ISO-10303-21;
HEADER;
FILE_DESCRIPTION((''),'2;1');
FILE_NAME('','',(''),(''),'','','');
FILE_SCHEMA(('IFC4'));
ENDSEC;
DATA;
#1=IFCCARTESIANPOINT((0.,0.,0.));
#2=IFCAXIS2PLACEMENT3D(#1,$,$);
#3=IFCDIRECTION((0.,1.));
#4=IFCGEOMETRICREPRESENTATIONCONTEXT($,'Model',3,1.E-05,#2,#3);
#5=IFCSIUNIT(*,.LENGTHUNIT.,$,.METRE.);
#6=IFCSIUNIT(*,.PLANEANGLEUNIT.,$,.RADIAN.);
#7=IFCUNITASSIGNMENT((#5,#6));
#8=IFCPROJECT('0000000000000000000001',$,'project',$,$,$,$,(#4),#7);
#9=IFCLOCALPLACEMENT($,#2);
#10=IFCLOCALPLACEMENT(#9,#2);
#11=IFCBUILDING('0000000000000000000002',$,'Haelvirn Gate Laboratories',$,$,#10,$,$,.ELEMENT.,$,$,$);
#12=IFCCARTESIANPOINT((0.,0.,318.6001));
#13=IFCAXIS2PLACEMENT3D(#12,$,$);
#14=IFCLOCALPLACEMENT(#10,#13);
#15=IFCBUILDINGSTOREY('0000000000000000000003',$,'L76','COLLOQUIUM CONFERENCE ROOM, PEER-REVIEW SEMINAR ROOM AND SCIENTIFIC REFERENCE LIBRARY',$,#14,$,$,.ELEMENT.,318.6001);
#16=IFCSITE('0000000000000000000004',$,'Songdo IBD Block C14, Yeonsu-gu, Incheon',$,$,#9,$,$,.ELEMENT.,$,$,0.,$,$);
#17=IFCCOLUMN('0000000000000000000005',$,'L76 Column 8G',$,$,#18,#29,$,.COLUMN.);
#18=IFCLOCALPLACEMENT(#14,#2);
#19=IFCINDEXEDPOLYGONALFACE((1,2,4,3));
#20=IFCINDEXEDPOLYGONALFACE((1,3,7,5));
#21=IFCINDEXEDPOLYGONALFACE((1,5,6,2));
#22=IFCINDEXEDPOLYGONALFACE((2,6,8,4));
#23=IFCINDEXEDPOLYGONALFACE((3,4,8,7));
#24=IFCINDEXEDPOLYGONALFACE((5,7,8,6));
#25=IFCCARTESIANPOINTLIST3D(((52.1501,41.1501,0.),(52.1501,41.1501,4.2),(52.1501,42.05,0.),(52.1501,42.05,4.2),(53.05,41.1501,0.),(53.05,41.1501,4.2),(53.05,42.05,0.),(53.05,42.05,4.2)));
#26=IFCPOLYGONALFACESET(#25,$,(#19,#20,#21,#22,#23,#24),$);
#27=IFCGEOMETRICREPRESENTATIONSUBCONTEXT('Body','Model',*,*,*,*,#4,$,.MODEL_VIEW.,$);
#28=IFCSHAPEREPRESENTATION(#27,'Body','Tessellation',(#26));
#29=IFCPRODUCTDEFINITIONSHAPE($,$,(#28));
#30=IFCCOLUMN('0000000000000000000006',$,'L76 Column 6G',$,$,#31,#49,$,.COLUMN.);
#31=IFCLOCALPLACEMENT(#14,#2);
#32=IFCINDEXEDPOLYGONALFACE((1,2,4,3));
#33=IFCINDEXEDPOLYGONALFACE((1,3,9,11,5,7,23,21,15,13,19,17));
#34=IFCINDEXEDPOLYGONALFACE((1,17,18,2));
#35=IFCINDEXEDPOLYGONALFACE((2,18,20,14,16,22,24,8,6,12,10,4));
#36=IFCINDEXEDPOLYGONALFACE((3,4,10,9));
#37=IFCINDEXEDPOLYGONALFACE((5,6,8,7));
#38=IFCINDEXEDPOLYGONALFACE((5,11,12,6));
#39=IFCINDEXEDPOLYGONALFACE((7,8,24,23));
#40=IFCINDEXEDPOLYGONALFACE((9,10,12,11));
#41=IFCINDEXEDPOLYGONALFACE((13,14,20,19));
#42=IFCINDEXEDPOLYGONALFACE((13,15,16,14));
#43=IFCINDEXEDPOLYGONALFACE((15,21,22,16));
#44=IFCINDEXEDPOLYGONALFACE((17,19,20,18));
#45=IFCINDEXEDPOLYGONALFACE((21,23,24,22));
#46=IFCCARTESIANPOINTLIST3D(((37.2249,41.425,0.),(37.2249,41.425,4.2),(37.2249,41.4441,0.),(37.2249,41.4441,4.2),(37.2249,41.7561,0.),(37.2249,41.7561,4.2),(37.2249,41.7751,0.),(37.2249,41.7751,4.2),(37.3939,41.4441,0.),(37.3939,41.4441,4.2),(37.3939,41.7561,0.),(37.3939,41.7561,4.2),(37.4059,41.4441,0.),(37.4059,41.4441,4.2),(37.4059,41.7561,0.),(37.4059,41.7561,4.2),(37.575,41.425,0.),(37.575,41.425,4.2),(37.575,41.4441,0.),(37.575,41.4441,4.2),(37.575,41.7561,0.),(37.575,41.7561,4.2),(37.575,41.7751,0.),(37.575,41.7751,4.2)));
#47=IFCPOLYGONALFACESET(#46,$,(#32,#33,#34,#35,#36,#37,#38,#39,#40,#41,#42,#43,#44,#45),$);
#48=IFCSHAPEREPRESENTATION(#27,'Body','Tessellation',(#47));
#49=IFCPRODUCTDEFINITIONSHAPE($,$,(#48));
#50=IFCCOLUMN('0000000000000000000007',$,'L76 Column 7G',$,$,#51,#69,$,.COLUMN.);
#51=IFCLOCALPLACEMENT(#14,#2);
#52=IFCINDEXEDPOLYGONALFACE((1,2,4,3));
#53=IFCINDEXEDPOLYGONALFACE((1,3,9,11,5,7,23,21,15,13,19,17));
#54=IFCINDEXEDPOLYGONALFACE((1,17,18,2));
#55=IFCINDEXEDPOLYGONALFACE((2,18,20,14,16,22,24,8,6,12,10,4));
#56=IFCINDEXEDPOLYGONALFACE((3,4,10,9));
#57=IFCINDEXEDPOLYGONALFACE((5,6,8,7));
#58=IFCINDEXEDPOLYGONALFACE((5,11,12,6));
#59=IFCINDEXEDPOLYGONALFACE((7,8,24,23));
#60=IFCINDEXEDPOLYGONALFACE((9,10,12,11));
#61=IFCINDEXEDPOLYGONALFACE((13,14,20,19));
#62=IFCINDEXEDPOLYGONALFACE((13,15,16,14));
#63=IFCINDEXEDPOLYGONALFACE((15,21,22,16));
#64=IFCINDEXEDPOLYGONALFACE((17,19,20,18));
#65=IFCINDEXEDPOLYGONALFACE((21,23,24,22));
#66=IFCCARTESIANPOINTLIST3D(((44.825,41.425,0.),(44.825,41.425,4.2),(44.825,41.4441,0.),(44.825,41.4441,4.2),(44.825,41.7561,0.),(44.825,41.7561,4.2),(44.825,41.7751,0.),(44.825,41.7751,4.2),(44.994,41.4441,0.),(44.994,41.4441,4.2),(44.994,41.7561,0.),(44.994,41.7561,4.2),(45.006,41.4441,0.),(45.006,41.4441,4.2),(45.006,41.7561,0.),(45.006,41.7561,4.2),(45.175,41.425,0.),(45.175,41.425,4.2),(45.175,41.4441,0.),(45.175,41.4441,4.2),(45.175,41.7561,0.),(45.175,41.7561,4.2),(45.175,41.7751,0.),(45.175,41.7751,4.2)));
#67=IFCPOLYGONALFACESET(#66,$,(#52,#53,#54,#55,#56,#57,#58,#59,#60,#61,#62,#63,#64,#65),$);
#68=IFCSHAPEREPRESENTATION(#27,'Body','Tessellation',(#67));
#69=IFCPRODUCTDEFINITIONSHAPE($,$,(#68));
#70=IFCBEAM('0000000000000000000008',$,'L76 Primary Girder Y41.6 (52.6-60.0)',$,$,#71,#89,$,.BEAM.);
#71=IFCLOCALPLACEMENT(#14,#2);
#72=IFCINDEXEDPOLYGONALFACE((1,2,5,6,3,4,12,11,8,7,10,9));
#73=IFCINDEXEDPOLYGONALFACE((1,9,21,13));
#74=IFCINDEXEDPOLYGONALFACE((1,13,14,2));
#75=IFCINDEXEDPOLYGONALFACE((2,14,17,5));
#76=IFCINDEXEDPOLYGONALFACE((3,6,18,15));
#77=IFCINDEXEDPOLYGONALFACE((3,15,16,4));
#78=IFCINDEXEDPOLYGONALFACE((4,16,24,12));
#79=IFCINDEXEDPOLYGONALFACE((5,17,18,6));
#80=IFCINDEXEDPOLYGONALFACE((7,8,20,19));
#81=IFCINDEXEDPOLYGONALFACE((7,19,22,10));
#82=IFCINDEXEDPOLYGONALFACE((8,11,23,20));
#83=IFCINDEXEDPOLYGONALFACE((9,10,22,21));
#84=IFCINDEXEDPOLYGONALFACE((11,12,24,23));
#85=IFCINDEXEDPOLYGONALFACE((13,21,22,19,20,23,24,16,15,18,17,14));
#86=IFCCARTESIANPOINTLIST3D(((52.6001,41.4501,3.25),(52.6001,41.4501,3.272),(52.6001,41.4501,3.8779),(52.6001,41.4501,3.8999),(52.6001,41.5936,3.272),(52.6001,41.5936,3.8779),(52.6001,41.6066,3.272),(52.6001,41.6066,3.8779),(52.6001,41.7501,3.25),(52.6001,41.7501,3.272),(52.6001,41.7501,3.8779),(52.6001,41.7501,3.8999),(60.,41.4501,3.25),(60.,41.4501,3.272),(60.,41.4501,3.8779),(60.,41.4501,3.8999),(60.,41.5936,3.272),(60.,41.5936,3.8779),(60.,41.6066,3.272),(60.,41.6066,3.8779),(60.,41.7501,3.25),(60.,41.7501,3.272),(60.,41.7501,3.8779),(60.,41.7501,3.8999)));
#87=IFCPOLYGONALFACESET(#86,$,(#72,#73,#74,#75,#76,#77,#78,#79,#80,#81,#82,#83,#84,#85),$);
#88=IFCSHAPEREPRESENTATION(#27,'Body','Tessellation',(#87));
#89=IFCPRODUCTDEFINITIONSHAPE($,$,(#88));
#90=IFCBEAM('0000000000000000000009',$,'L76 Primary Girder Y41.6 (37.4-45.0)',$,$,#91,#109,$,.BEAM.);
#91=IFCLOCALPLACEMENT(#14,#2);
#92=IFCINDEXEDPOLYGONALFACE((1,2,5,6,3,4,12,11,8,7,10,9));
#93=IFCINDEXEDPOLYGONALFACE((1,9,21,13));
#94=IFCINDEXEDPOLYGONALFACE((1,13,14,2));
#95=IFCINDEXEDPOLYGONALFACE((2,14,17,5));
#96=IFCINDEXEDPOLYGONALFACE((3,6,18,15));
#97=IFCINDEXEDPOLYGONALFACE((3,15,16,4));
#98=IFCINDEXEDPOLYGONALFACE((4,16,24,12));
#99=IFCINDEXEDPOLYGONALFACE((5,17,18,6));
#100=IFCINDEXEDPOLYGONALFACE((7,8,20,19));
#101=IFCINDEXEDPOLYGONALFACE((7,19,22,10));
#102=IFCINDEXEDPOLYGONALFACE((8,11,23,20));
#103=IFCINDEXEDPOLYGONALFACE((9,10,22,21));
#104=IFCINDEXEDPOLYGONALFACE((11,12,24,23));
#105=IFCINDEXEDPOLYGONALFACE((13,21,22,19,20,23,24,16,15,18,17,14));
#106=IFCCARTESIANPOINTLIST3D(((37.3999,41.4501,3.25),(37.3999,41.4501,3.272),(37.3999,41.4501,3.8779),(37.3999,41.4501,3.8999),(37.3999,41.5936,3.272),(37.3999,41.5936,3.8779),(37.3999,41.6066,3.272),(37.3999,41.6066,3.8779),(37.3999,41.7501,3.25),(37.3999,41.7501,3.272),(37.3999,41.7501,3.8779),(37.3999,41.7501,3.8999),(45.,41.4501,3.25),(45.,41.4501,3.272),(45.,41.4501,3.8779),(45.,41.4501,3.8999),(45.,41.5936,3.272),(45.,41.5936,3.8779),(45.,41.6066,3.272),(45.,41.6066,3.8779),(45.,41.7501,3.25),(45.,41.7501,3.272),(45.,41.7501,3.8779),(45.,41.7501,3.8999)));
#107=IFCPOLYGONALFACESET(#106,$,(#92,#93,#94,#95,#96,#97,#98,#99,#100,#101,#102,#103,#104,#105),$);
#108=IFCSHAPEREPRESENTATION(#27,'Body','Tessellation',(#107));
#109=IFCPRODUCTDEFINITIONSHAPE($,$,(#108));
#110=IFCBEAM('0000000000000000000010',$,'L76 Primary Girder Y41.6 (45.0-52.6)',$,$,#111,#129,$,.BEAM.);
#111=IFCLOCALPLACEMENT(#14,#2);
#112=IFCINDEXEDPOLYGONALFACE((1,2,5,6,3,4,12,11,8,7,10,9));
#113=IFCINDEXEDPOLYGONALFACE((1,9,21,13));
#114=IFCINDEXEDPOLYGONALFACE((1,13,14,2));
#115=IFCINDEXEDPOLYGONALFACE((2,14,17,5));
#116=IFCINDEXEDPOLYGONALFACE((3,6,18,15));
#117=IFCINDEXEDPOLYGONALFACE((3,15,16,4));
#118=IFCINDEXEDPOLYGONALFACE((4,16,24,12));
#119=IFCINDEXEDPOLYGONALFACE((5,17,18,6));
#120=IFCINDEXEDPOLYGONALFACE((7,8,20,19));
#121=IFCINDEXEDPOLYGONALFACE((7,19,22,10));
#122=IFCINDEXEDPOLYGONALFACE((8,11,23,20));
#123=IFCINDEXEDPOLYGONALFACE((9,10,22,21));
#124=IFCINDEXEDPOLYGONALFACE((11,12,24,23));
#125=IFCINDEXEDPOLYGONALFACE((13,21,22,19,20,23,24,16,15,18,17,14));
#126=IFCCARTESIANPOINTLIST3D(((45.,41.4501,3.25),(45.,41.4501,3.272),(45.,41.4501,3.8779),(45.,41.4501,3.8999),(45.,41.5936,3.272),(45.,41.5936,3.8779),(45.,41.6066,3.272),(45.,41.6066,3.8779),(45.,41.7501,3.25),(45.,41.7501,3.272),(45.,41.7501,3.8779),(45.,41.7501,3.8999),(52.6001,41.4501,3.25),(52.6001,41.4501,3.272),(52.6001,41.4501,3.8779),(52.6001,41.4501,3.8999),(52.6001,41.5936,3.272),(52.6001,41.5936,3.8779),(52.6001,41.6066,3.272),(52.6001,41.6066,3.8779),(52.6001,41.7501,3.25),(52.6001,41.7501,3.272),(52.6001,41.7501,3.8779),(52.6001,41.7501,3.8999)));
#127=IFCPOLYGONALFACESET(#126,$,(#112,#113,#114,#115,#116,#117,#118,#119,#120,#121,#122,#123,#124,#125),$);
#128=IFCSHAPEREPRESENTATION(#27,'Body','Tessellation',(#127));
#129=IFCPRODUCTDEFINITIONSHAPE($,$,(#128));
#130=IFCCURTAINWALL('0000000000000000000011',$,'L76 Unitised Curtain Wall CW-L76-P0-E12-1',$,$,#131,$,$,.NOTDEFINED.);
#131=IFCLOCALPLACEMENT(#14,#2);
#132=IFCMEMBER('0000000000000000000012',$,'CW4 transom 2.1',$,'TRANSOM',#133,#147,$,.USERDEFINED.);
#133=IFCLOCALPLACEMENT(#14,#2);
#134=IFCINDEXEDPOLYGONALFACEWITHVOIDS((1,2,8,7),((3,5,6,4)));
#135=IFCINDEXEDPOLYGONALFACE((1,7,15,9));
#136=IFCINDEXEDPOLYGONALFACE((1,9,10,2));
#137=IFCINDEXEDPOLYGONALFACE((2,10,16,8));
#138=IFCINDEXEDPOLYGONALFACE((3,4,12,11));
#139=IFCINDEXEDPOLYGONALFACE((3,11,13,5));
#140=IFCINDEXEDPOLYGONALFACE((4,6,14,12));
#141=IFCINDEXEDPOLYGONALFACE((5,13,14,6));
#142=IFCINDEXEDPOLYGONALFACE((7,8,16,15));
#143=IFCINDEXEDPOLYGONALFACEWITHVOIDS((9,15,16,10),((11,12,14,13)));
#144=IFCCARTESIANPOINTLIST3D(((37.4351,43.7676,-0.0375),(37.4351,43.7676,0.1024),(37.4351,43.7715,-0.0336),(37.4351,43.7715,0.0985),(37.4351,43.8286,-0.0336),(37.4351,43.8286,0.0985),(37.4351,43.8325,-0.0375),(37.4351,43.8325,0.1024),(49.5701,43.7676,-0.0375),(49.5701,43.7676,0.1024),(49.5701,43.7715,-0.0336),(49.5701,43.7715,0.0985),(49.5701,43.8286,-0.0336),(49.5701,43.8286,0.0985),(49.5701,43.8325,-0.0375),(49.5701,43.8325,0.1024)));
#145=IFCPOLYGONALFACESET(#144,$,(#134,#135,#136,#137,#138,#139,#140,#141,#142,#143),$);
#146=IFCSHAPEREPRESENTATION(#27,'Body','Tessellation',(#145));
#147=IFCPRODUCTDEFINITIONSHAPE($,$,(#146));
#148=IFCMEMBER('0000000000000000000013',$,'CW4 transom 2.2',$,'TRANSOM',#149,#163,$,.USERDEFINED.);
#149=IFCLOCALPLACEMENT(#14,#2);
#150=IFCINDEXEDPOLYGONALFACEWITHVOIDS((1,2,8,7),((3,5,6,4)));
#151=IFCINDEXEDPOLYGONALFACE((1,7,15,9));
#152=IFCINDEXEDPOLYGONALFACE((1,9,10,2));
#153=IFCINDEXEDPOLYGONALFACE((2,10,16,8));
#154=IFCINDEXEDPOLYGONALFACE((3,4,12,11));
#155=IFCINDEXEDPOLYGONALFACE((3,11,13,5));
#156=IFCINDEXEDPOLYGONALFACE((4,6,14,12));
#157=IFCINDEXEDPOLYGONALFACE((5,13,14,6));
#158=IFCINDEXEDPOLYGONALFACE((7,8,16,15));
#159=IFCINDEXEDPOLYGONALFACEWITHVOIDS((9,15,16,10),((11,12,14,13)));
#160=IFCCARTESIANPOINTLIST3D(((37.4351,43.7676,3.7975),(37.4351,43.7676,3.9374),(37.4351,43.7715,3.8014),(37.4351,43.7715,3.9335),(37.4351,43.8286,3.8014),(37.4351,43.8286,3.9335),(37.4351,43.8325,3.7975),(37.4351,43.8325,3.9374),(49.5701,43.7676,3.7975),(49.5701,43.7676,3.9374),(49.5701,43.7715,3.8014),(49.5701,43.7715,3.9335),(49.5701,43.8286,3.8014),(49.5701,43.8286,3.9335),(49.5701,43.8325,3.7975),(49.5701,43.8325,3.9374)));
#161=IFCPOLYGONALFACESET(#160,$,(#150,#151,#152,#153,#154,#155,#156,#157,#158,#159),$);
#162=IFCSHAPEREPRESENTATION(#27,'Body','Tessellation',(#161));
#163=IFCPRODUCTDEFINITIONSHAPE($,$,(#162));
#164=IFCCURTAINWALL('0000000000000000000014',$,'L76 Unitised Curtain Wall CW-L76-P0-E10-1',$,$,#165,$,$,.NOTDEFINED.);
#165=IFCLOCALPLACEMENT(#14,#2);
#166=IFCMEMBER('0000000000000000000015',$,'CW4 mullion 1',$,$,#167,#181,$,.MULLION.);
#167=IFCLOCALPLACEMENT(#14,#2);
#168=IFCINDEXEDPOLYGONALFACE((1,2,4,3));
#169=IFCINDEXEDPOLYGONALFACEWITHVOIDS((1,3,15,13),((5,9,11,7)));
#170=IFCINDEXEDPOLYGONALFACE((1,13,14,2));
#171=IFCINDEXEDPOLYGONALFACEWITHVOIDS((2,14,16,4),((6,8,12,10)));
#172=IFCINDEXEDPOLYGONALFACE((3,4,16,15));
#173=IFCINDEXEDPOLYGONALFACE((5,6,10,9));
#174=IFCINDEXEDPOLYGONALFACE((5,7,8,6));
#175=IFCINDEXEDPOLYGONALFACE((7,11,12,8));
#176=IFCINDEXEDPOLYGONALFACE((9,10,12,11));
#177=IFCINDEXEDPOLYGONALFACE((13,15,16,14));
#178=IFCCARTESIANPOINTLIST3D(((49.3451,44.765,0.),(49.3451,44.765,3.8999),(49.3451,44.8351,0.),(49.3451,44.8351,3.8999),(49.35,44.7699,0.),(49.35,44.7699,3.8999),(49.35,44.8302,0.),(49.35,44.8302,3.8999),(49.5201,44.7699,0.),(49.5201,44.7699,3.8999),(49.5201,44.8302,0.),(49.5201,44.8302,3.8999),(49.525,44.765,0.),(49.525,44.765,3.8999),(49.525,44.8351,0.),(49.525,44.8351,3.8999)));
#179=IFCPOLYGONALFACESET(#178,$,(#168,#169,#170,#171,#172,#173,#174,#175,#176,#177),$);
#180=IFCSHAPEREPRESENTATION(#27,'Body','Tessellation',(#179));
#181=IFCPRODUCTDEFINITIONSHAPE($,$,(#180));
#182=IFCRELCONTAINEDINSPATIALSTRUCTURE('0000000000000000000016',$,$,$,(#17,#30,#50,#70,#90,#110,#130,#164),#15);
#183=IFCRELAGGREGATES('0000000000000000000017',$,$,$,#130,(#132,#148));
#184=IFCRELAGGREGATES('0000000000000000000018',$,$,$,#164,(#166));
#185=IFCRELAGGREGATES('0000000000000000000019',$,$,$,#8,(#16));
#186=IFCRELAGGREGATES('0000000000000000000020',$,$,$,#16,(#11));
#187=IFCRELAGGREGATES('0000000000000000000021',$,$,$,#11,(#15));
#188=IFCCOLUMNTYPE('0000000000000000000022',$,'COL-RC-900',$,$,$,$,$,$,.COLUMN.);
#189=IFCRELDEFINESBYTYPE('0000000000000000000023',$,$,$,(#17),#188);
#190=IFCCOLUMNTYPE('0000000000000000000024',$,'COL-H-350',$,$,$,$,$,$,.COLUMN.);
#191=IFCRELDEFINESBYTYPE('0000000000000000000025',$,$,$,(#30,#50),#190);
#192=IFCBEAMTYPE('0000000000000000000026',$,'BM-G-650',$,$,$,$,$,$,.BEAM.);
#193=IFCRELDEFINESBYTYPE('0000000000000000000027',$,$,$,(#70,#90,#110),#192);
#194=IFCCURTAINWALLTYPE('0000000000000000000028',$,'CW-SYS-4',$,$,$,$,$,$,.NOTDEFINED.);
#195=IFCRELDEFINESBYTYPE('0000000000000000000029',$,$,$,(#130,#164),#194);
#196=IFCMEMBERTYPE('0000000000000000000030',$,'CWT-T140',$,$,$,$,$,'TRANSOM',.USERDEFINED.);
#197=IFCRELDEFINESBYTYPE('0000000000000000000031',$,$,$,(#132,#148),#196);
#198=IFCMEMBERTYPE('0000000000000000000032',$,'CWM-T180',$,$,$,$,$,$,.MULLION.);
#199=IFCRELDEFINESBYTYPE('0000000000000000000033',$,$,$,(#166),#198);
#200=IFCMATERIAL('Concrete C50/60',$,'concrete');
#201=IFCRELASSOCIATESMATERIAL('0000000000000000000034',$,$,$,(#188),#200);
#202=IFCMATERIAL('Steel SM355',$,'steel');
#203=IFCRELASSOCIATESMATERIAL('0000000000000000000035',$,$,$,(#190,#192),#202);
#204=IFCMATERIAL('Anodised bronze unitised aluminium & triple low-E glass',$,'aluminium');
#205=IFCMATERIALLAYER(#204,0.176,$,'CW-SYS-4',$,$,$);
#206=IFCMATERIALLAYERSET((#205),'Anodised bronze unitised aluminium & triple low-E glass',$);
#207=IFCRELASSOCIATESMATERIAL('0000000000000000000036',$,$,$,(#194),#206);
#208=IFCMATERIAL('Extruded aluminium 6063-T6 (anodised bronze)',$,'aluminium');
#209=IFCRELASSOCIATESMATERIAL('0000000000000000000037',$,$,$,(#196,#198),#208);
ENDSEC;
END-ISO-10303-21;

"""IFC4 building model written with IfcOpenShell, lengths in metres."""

from ifc_helpers import new_model, si_unit, direction, frame, origin, origin_2d, place, context, subcontext, project, spatial, rectangle, hollow_rectangle, i_section, extrude, source, transform, mapped, material, layer, layer_set, material_profile, profile_set, type_object, type_shapes, element, aggregate, save


model = new_model("IFC4")

# Units and contexts
model_context = context("Model", 3, precision=1e-05, world=origin(), true_north=direction((0.0, 1.0)))
body_context = subcontext(model_context, "Body", "Model", "MODEL_VIEW")
ifc_project = project(units=[si_unit("LENGTHUNIT", "METRE"), si_unit("PLANEANGLEUNIT", "RADIAN")], contexts=[model_context])

# Site, building, storey
site_placement = place(None, origin())
site = spatial("IfcSite", under=ifc_project, at=site_placement, Name="Songdo IBD Block C14, Yeonsu-gu, Incheon", CompositionType="ELEMENT", RefElevation=0.0)
building_placement = place(site_placement, origin())
building = spatial("IfcBuilding", under=site, at=building_placement, Name="Haelvirn Gate Laboratories", CompositionType="ELEMENT")
storey_placement = place(building_placement, frame((0.0, 0.0, 318.6001)))
storey = spatial("IfcBuildingStorey", under=building, at=storey_placement, Name="L76", Description="COLLOQUIUM CONFERENCE ROOM, PEER-REVIEW SEMINAR ROOM AND SCIENTIFIC REFERENCE LIBRARY", CompositionType="ELEMENT", Elevation=318.6001)

# Columns
ifc_material_1 = material(Name="Concrete C50/60", Category="concrete")
ifc_material_profile_1 = material_profile(ifc_material_1, rectangle(XDim=0.8999, YDim=0.8999, at=origin_2d()), Name="RC-900x900")
ifc_profile_set_1 = profile_set([ifc_material_profile_1], Name="Concrete C50/60")
column_type_1 = type_object("IfcColumnType", Name="COL-RC-900", PredefinedType="COLUMN", material=ifc_profile_set_1)
shared_shape_1 = source(origin(), body_context, "Body", "SweptSolid", [
    extrude(rectangle(XDim=0.8999, YDim=0.8999, at=origin_2d()), origin(), (0.0, 0.0, 1.0), 4.2),
])
type_shapes(column_type_1, [shared_shape_1])
column_placement = place(storey_placement, frame((52.6001, 41.6001, 0.0), z_axis=(0.0, 0.0, 1.0), x_axis=(1.0, 0.0, 0.0)))
element("IfcColumn", 1, at=column_placement, inside=storey, type_object=column_type_1, Name="L76 Column 8G", PredefinedType="COLUMN", context=body_context, shape_type="MappedRepresentation", body=[
    mapped(shared_shape_1, transform((0.0, 0.0, 0.0), scale=1.0)),
])
ifc_material_2 = material(Name="Steel SM355", Category="steel")
ifc_material_profile_2 = material_profile(ifc_material_2, i_section(OverallWidth=0.3501, OverallDepth=0.3501, WebThickness=0.012, FlangeThickness=0.019, at=origin_2d()), Name="H-350x350x12x19")
ifc_profile_set_2 = profile_set([ifc_material_profile_2], Name="Steel SM355")
column_type_2 = type_object("IfcColumnType", Name="COL-H-350", PredefinedType="COLUMN", material=ifc_profile_set_2)
shared_shape_2 = source(origin(), body_context, "Body", "SweptSolid", [
    extrude(i_section(OverallWidth=0.3501, OverallDepth=0.3501, WebThickness=0.012, FlangeThickness=0.019, at=origin_2d()), origin(), (0.0, 0.0, 1.0), 4.2),
])
type_shapes(column_type_2, [shared_shape_2])
for number, where, z_axis, x_axis, name in (
    (2, (37.3999, 41.6001, 0.0), (0.0, 0.0, 1.0), (1.0, 0.0, 0.0), "L76 Column 6G"),
    (3, (45.0, 41.6001, 0.0), (0.0, 0.0, 1.0), (1.0, 0.0, 0.0), "L76 Column 7G"),
):
    element("IfcColumn", number, at=place(storey_placement, frame(where, z_axis=z_axis, x_axis=x_axis)), inside=storey, type_object=column_type_2, Name=name, PredefinedType="COLUMN", context=body_context, shape_type="MappedRepresentation", body=[
        mapped(shared_shape_2, transform((0.0, 0.0, 0.0), scale=1.0)),
    ])

# Beams
ifc_material_profile_3 = material_profile(ifc_material_2, i_section(OverallWidth=0.3, OverallDepth=0.6499, WebThickness=0.0129, FlangeThickness=0.022, at=origin_2d()), Name="H-650x300x13x22")
ifc_profile_set_3 = profile_set([ifc_material_profile_3], Name="Steel SM355")
beam_type = type_object("IfcBeamType", Name="BM-G-650", PredefinedType="BEAM", material=ifc_profile_set_3)
shared_shape_3 = source(origin(), body_context, "Body", "SweptSolid", [
    extrude(i_section(OverallWidth=0.3, OverallDepth=0.6499, WebThickness=0.0129, FlangeThickness=0.022, at=origin_2d()), origin(), (0.0, 0.0, 1.0), 7.3999),
])
beam_placement = place(storey_placement, frame((52.6001, 41.6001, 3.575), z_axis=(1.0, 0.0, 0.0), x_axis=(0.0, 1.0, 0.0)))
element("IfcBeam", 4, at=beam_placement, inside=storey, type_object=beam_type, Name="L76 Primary Girder Y41.6 (52.6-60.0)", PredefinedType="BEAM", context=body_context, shape_type="MappedRepresentation", body=[
    mapped(shared_shape_3, transform((0.0, 0.0, 0.0), scale=1.0)),
])
shared_shape_4 = source(origin(), body_context, "Body", "SweptSolid", [
    extrude(i_section(OverallWidth=0.3, OverallDepth=0.6499, WebThickness=0.0129, FlangeThickness=0.022, at=origin_2d()), origin(), (0.0, 0.0, 1.0), 7.6001),
])
type_shapes(beam_type, [shared_shape_3, shared_shape_4])
for number, where, z_axis, x_axis, name in (
    (5, (37.3999, 41.6001, 3.575), (1.0, 0.0, 0.0), (0.0, 1.0, 0.0), "L76 Primary Girder Y41.6 (37.4-45.0)"),
    (6, (45.0, 41.6001, 3.575), (1.0, 0.0, 0.0), (0.0, 1.0, 0.0), "L76 Primary Girder Y41.6 (45.0-52.6)"),
):
    element("IfcBeam", number, at=place(storey_placement, frame(where, z_axis=z_axis, x_axis=x_axis)), inside=storey, type_object=beam_type, Name=name, PredefinedType="BEAM", context=body_context, shape_type="MappedRepresentation", body=[
        mapped(shared_shape_4, transform((0.0, 0.0, 0.0), scale=1.0)),
    ])

# Curtain wall, members
ifc_material_3 = material(Name="Anodised bronze unitised aluminium & triple low-E glass", Category="aluminium")
ifc_layer_1 = layer(ifc_material_3, 0.176, Name="CW-SYS-4")
ifc_layer_set_1 = layer_set([ifc_layer_1], Name="Anodised bronze unitised aluminium & triple low-E glass")
curtain_wall_type = type_object("IfcCurtainWallType", Name="CW-SYS-4", PredefinedType="NOTDEFINED", material=ifc_layer_set_1)
curtain_wall_1_placement = place(storey_placement, origin())
curtain_wall_1 = element("IfcCurtainWall", 7, at=curtain_wall_1_placement, inside=storey, type_object=curtain_wall_type, Name="L76 Unitised Curtain Wall CW-L76-P0-E12-1", PredefinedType="NOTDEFINED")
ifc_material_4 = material(Name="Extruded aluminium 6063-T6 (anodised bronze)", Category="aluminium")
ifc_material_profile_4 = material_profile(ifc_material_4, hollow_rectangle(XDim=0.0649, YDim=0.1399, WallThickness=0.0039, at=origin_2d()), Name="CWT-140x65x4")
ifc_profile_set_4 = profile_set([ifc_material_profile_4], Name="Extruded aluminium 6063-T6 (anodised bronze)")
member_type_1 = type_object("IfcMemberType", Name="CWT-T140", ElementType="TRANSOM", PredefinedType="USERDEFINED", material=ifc_profile_set_4)
shared_shape_5 = source(origin(), body_context, "Body", "SweptSolid", [
    extrude(hollow_rectangle(XDim=0.0649, YDim=0.1399, WallThickness=0.0039, at=origin_2d()), origin(), (0.0, 0.0, 1.0), 12.135),
])
member_1_placement = place(storey_placement, frame((37.4351, 43.8, 0.0325), z_axis=(1.0, 0.0, 0.0), x_axis=(0.0, 1.0, 0.0)))
member_1 = element("IfcMember", 8, at=member_1_placement, type_object=member_type_1, Name="CW4 transom 2.1", ObjectType="TRANSOM", PredefinedType="USERDEFINED", context=body_context, shape_type="MappedRepresentation", body=[
    mapped(shared_shape_5, transform((0.0, 0.0, 0.0), scale=1.0)),
])
member_2_placement = place(storey_placement, frame((37.4351, 43.8, 3.8674), z_axis=(1.0, 0.0, 0.0), x_axis=(0.0, 1.0, 0.0)))
member_2 = element("IfcMember", 9, at=member_2_placement, type_object=member_type_1, Name="CW4 transom 2.2", ObjectType="TRANSOM", PredefinedType="USERDEFINED", context=body_context, shape_type="MappedRepresentation", body=[
    mapped(shared_shape_5, transform((0.0, 0.0, 0.0), scale=1.0)),
])

# Curtain wall, member
curtain_wall_2_placement = place(storey_placement, origin())
curtain_wall_2 = element("IfcCurtainWall", 10, at=curtain_wall_2_placement, inside=storey, type_object=curtain_wall_type, Name="L76 Unitised Curtain Wall CW-L76-P0-E10-1", PredefinedType="NOTDEFINED")
ifc_material_profile_5 = material_profile(ifc_material_4, hollow_rectangle(XDim=0.0701, YDim=0.1799, WallThickness=0.0049, at=origin_2d()), Name="CWM-180x70x5")
ifc_profile_set_5 = profile_set([ifc_material_profile_5], Name="Extruded aluminium 6063-T6 (anodised bronze)")
member_type_2 = type_object("IfcMemberType", Name="CWM-T180", PredefinedType="MULLION", material=ifc_profile_set_5)
shared_shape_6 = source(origin(), body_context, "Body", "SweptSolid", [
    extrude(hollow_rectangle(XDim=0.0701, YDim=0.1799, WallThickness=0.0049, at=origin_2d()), origin(), (0.0, 0.0, 1.0), 3.8999),
])
type_shapes(member_type_2, [shared_shape_6])
member_3_placement = place(storey_placement, frame((49.4351, 44.8, 0.0), z_axis=(0.0, 0.0, 1.0), x_axis=(0.0, 1.0, 0.0)))
member_3 = element("IfcMember", 11, at=member_3_placement, type_object=member_type_2, Name="CW4 mullion 1", PredefinedType="MULLION", context=body_context, shape_type="MappedRepresentation", body=[
    mapped(shared_shape_6, transform((0.0, 0.0, 0.0), scale=1.0)),
])

aggregate(curtain_wall_1, [member_1, member_2])
aggregate(curtain_wall_2, [member_3])

save(model, "model.ifc")
